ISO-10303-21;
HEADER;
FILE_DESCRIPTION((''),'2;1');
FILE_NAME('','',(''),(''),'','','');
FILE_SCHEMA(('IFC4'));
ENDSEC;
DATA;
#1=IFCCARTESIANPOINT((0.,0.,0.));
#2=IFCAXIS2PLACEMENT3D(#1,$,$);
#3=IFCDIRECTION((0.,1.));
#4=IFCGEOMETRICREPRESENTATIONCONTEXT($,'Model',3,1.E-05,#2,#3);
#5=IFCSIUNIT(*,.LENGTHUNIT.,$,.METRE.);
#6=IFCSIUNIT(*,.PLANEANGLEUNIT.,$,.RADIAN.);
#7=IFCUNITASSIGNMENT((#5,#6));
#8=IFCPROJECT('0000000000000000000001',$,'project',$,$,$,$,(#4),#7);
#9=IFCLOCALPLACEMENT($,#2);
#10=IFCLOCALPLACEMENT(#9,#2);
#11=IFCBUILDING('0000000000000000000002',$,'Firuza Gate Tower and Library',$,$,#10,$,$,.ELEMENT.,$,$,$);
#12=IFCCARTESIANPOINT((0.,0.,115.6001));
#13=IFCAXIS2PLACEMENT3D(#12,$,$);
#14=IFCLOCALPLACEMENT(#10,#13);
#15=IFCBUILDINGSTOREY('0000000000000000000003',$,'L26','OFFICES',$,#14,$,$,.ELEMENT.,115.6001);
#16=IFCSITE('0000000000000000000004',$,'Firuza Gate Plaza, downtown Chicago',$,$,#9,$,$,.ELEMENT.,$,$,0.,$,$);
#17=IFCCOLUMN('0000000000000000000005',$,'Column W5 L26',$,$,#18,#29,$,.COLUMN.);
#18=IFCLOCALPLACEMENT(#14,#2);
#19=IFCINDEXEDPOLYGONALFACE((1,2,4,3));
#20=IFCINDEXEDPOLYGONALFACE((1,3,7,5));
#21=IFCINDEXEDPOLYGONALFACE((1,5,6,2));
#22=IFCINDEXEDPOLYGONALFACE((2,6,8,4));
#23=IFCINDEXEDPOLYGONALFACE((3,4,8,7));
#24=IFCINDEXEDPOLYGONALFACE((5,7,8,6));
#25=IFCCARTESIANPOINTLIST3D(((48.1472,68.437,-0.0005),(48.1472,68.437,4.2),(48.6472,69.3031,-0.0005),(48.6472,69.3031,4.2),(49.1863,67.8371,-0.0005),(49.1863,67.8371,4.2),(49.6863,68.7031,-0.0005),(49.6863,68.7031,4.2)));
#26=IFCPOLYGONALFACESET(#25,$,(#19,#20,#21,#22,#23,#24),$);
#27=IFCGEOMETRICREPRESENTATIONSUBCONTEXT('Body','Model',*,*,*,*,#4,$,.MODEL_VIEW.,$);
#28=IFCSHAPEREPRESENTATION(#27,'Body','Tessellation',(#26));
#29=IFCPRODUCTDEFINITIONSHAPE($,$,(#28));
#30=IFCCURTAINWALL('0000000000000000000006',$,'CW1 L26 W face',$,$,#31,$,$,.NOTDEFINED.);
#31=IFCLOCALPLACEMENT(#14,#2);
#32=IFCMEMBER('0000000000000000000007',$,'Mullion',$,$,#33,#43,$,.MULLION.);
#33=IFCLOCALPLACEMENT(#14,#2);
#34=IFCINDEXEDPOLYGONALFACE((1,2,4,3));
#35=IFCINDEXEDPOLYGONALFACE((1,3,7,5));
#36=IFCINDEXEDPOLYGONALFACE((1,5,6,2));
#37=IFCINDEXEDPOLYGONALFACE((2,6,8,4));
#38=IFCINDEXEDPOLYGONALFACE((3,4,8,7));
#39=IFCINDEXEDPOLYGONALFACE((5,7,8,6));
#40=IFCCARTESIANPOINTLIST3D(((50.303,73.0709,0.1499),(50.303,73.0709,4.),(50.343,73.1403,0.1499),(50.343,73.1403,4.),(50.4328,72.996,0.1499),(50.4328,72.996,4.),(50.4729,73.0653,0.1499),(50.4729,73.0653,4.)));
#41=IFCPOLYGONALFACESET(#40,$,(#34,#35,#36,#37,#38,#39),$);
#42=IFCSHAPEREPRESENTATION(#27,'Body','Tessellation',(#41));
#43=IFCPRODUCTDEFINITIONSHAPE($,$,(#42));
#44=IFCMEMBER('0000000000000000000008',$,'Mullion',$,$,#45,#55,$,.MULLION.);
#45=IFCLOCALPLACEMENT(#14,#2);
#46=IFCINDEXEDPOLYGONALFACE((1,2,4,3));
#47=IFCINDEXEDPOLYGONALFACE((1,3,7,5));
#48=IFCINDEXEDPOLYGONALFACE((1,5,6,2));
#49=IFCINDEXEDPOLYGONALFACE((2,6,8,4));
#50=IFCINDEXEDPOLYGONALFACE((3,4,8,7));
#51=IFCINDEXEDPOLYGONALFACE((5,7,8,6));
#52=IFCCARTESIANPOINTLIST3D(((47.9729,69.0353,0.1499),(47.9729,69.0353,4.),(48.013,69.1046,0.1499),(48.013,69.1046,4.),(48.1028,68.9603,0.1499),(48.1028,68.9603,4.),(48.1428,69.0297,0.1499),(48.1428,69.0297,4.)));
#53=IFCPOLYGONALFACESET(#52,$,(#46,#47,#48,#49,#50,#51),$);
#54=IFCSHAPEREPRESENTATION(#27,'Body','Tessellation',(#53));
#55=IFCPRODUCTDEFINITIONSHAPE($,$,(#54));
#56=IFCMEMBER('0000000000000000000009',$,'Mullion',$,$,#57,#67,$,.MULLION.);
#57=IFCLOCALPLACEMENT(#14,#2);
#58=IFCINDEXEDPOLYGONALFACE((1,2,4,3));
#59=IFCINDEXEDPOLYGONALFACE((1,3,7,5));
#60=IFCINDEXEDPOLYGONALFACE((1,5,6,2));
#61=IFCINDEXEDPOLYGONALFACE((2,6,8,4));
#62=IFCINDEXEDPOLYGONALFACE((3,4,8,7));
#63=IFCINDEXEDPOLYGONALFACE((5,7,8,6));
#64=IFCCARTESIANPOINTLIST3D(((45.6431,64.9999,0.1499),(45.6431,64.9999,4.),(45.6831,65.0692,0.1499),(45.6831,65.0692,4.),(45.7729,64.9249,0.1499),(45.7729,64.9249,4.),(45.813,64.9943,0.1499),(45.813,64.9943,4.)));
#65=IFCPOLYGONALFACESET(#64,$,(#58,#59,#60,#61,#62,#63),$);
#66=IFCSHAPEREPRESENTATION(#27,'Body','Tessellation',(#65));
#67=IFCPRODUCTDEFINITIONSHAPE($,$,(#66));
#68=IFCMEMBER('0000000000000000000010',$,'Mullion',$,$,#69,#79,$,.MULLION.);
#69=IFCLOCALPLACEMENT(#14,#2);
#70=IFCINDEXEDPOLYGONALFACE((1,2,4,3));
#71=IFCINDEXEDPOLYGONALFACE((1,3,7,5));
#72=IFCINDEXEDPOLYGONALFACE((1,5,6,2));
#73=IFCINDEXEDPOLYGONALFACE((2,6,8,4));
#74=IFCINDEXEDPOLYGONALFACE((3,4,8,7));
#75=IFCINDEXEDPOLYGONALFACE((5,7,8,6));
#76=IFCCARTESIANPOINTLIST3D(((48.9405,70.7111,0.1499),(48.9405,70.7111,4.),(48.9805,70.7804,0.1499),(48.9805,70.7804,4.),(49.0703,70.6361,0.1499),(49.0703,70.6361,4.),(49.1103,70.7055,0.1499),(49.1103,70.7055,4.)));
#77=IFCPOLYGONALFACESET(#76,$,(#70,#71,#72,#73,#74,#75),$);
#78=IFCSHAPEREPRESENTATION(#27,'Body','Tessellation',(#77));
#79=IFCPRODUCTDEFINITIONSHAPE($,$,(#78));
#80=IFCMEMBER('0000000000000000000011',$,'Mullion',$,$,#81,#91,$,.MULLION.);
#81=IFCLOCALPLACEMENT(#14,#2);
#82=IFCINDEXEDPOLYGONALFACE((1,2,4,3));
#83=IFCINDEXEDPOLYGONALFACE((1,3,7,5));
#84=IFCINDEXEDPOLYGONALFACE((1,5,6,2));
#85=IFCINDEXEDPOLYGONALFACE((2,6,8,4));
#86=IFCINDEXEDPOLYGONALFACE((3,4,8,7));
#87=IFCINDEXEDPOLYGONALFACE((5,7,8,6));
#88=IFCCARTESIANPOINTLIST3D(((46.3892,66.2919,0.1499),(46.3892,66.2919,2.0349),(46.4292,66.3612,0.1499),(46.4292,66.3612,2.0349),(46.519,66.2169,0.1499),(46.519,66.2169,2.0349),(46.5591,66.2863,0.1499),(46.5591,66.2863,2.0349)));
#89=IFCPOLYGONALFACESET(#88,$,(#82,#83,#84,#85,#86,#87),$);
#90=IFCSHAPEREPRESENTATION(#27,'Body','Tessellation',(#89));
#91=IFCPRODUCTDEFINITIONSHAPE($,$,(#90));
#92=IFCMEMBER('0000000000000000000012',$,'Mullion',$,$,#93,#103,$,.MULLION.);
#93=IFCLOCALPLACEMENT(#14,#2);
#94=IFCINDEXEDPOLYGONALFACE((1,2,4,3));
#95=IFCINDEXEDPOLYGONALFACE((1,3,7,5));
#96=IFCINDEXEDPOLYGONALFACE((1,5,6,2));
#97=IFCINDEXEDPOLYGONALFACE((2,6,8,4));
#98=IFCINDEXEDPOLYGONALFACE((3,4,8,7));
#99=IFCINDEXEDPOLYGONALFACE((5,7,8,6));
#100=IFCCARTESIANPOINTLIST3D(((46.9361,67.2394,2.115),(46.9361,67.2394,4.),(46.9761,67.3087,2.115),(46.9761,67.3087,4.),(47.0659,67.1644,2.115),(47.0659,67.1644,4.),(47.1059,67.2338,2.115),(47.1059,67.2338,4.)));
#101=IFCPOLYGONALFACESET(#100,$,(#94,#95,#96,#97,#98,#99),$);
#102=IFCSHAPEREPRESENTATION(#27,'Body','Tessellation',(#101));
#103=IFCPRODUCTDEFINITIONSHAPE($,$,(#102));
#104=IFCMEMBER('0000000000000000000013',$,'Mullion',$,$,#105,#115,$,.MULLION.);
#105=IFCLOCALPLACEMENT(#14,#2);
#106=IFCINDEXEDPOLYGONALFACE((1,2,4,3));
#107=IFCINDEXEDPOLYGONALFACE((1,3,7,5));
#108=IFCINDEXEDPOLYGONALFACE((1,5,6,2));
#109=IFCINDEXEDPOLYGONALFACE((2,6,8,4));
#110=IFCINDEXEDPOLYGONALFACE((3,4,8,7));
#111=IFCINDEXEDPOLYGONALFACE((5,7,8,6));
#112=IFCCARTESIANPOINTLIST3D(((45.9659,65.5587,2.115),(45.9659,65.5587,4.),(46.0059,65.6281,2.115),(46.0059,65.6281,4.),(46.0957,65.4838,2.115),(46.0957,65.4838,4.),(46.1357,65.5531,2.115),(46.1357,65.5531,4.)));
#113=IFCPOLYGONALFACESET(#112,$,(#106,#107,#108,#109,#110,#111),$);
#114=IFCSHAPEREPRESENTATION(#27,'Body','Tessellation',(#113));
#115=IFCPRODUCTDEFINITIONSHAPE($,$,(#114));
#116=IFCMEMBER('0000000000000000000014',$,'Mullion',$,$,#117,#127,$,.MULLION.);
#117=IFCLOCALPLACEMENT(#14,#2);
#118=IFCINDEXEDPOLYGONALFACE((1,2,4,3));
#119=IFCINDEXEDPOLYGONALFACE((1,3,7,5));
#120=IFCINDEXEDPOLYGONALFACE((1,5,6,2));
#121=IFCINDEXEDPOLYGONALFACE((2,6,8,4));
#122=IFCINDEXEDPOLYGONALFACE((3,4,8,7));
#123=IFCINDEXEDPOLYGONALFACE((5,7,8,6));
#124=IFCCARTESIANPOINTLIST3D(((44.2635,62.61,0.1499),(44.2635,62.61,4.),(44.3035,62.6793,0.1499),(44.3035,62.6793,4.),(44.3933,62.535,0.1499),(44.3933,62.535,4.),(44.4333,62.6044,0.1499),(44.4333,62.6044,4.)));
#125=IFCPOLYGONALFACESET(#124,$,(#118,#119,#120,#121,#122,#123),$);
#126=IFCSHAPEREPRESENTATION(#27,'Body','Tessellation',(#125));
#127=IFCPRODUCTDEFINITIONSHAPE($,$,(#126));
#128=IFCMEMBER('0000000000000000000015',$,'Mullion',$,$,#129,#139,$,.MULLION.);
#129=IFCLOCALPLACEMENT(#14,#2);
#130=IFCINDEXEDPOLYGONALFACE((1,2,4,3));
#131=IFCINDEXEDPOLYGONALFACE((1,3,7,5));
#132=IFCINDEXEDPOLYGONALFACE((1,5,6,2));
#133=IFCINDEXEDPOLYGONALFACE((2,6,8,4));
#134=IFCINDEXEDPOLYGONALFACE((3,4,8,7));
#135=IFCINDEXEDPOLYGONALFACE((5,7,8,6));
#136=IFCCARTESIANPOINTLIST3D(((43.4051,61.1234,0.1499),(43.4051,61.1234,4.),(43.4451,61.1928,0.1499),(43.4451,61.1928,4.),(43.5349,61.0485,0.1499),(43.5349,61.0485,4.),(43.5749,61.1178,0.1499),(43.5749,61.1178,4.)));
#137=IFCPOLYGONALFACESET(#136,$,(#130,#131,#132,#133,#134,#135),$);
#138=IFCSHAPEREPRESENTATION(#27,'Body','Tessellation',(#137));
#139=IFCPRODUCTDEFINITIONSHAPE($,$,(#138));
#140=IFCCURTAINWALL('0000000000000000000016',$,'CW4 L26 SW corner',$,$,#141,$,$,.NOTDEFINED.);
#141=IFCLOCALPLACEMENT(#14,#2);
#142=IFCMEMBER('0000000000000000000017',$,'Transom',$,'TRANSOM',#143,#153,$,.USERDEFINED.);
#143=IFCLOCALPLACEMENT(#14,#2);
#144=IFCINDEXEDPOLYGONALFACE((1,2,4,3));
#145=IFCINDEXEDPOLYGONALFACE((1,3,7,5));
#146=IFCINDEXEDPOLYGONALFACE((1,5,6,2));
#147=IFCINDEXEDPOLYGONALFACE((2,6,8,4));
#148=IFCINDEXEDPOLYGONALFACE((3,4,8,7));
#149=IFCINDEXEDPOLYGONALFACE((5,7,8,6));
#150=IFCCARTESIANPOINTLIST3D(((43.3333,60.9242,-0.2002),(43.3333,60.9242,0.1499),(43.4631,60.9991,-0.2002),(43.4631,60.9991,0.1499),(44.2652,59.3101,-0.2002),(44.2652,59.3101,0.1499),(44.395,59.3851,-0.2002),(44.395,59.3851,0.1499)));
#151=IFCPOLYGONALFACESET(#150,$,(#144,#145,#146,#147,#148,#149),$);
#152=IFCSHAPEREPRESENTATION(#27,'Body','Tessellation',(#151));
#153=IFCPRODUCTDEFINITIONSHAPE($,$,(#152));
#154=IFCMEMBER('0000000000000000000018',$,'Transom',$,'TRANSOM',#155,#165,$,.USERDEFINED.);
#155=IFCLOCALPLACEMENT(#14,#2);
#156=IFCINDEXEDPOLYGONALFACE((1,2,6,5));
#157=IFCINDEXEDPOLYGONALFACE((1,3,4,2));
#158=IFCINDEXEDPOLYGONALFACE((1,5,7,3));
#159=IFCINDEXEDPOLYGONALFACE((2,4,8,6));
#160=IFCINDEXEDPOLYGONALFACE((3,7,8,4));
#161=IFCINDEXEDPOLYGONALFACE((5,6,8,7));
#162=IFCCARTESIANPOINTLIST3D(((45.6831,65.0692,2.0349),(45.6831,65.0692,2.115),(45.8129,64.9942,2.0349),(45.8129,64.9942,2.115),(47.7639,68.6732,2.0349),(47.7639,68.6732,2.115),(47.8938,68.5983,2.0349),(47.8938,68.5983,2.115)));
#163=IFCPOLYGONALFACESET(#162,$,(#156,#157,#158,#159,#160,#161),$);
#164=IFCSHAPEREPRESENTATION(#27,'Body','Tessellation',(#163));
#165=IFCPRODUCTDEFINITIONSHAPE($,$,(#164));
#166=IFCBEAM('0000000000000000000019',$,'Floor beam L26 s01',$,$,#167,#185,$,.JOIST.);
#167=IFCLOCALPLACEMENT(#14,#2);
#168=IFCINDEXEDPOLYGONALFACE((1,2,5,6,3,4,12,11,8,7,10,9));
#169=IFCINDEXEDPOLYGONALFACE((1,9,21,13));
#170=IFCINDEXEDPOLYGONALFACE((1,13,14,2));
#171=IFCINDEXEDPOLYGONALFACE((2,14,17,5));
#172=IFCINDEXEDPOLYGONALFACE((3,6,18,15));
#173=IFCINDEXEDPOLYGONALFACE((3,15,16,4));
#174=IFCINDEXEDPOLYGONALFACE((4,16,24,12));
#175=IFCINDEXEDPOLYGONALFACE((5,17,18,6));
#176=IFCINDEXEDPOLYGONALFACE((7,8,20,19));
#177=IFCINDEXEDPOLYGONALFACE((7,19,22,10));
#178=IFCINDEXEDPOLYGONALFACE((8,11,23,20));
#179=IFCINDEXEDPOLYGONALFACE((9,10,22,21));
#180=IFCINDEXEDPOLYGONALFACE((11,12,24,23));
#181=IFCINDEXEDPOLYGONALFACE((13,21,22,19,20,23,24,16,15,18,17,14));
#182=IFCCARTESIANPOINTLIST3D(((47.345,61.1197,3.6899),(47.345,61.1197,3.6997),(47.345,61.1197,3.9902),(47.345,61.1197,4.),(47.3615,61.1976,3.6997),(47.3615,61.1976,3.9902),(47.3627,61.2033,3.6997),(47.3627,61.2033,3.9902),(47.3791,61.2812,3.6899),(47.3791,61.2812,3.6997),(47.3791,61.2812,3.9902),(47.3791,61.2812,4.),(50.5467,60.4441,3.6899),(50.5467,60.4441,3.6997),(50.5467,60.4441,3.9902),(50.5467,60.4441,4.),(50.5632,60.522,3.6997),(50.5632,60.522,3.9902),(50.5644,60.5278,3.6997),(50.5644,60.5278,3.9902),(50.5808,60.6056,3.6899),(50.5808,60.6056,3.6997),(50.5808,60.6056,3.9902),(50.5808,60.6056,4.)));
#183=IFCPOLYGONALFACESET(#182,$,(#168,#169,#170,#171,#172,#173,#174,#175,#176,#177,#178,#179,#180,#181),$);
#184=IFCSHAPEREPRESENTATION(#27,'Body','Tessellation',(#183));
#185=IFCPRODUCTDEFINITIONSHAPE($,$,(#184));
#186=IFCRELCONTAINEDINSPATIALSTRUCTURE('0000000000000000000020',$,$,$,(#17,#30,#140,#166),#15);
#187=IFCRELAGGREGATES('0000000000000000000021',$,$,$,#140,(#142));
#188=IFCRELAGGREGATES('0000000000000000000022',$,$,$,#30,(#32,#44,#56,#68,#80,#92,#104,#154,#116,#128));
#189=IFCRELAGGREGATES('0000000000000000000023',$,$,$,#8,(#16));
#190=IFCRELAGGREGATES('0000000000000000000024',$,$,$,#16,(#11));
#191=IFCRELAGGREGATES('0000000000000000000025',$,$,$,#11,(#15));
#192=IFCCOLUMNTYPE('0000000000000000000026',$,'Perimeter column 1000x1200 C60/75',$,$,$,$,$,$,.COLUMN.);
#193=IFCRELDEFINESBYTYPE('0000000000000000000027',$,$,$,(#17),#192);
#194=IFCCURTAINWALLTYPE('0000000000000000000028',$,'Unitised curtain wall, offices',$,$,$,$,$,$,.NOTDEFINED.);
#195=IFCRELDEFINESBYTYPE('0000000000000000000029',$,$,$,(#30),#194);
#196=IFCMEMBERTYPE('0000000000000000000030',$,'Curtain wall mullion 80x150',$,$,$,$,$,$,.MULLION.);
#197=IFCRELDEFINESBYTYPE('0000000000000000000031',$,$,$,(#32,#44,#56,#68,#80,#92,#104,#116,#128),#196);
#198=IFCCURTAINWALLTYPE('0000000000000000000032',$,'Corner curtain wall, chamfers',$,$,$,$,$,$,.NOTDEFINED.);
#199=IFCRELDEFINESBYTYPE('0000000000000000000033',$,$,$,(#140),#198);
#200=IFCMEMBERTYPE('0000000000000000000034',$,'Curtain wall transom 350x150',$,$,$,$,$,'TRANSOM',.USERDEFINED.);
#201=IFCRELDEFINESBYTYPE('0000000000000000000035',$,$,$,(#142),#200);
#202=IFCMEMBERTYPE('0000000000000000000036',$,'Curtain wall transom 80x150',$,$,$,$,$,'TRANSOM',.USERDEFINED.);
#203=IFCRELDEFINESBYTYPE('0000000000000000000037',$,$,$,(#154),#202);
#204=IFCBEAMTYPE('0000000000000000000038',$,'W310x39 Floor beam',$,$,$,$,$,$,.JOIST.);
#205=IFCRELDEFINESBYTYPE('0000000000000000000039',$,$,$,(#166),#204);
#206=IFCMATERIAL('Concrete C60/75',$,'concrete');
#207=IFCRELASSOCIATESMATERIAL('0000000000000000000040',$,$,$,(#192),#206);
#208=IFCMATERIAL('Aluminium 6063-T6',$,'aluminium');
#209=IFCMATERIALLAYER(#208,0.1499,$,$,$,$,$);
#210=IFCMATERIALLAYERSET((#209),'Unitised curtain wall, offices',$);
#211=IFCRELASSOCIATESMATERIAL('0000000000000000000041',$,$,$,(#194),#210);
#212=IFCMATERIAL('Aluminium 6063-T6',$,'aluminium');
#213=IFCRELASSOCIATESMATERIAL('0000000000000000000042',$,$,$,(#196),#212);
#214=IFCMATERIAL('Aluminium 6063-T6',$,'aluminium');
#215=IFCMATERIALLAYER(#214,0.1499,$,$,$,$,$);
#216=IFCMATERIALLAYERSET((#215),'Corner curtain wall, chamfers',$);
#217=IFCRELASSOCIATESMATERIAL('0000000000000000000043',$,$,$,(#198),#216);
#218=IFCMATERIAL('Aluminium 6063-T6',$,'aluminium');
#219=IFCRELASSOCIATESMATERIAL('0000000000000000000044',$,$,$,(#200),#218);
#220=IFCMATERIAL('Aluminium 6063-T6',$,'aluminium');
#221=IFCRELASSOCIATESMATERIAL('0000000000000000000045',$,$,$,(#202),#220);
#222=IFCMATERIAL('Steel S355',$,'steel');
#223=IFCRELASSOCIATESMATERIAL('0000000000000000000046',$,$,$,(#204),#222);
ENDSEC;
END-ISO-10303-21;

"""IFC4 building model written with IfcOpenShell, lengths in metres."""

from ifc_helpers import new_model, si_unit, direction, frame, origin, origin_2d, place, context, subcontext, project, spatial, rectangle, i_section, extrude, material, layer, layer_set, material_profile, profile_set, type_object, element, aggregate, save


model = new_model("IFC4")

# Units and contexts
model_context = context("Model", 3, precision=1e-05, world=origin(), true_north=direction((0.0, 1.0)))
body_context = subcontext(model_context, "Body", "Model", "MODEL_VIEW")
ifc_project = project(units=[si_unit("LENGTHUNIT", "METRE"), si_unit("PLANEANGLEUNIT", "RADIAN")], contexts=[model_context])

# Site, building, storey
site_placement = place(None, origin())
site = spatial("IfcSite", under=ifc_project, at=site_placement, Name="Firuza Gate Plaza, downtown Chicago", CompositionType="ELEMENT", RefElevation=0.0)
building_placement = place(site_placement, origin())
building = spatial("IfcBuilding", under=site, at=building_placement, Name="Firuza Gate Tower and Library", CompositionType="ELEMENT")
storey_placement = place(building_placement, frame((0.0, 0.0, 115.6001)))
storey = spatial("IfcBuildingStorey", under=building, at=storey_placement, Name="L26", Description="OFFICES", CompositionType="ELEMENT", Elevation=115.6001)

# Column
ifc_material_1 = material(Name="Concrete C60/75", Category="concrete")
ifc_material_profile_1 = material_profile(ifc_material_1, rectangle(XDim=1.0, YDim=1.2, at=origin_2d()))
ifc_profile_set_1 = profile_set([ifc_material_profile_1], Name="Concrete C60/75")
column_type = type_object("IfcColumnType", Name="Perimeter column 1000x1200 C60/75", PredefinedType="COLUMN", material=ifc_profile_set_1)
column_placement = place(storey_placement, frame((48.9167, 68.5701, -0.0005), z_axis=(0.0, 0.0, 1.0), x_axis=(-0.5, -0.866025, 0.0)))
element("IfcColumn", 1, at=column_placement, inside=storey, type_object=column_type, Name="Column W5 L26", PredefinedType="COLUMN", context=body_context, shape_type="SweptSolid", body=[
    extrude(rectangle(XDim=1.0, YDim=1.2, at=origin_2d()), origin(), (0.0, 0.0, 1.0), 4.2004),
])

# Curtain wall, members
ifc_material_2 = material(Name="Aluminium 6063-T6", Category="aluminium")
ifc_layer_1 = layer(ifc_material_2, 0.1499)
ifc_layer_set_1 = layer_set([ifc_layer_1], Name="Unitised curtain wall, offices")
curtain_wall_type_1 = type_object("IfcCurtainWallType", Name="Unitised curtain wall, offices", PredefinedType="NOTDEFINED", material=ifc_layer_set_1)
placement = place(storey_placement, origin())
curtain_wall_1 = element("IfcCurtainWall", 2, at=placement, inside=storey, type_object=curtain_wall_type_1, Name="CW1 L26 W face", PredefinedType="NOTDEFINED")
ifc_material_3 = material(Name="Aluminium 6063-T6", Category="aluminium")
ifc_material_profile_2 = material_profile(ifc_material_3, rectangle(XDim=0.1499, YDim=0.0801, at=origin_2d()))
ifc_profile_set_2 = profile_set([ifc_material_profile_2], Name="Aluminium 6063-T6")
member_type_1 = type_object("IfcMemberType", Name="Curtain wall mullion 80x150", PredefinedType="MULLION", material=ifc_profile_set_2)
member_1_placement = place(storey_placement, frame((50.3879, 73.0681, 0.1499), z_axis=(0.0, 0.0, 1.0), x_axis=(0.866025, -0.5, 0.0)))
member_1 = element("IfcMember", 3, at=member_1_placement, type_object=member_type_1, Name="Mullion", PredefinedType="MULLION", context=body_context, shape_type="SweptSolid", body=[
    extrude(rectangle(XDim=0.1499, YDim=0.0801, at=origin_2d()), origin(), (0.0, 0.0, 1.0), 3.8501),
])
member_2_placement = place(storey_placement, frame((48.0579, 69.0325, 0.1499), z_axis=(0.0, 0.0, 1.0), x_axis=(0.866025, -0.5, 0.0)))
member_2 = element("IfcMember", 4, at=member_2_placement, type_object=member_type_1, Name="Mullion", PredefinedType="MULLION", context=body_context, shape_type="SweptSolid", body=[
    extrude(rectangle(XDim=0.1499, YDim=0.0801, at=origin_2d()), origin(), (0.0, 0.0, 1.0), 3.8501),
])
member_3_placement = place(storey_placement, frame((45.728, 64.9971, 0.1499), z_axis=(0.0, 0.0, 1.0), x_axis=(0.866025, -0.5, 0.0)))
member_3 = element("IfcMember", 5, at=member_3_placement, type_object=member_type_1, Name="Mullion", PredefinedType="MULLION", context=body_context, shape_type="SweptSolid", body=[
    extrude(rectangle(XDim=0.1499, YDim=0.0801, at=origin_2d()), origin(), (0.0, 0.0, 1.0), 3.8501),
])
member_4_placement = place(storey_placement, frame((49.0254, 70.7083, 0.1499), z_axis=(0.0, 0.0, 1.0), x_axis=(0.866025, -0.5, 0.0)))
member_4 = element("IfcMember", 6, at=member_4_placement, type_object=member_type_1, Name="Mullion", PredefinedType="MULLION", context=body_context, shape_type="SweptSolid", body=[
    extrude(rectangle(XDim=0.1499, YDim=0.0801, at=origin_2d()), origin(), (0.0, 0.0, 1.0), 3.8501),
])
member_5_placement = place(storey_placement, frame((46.4741, 66.2891, 0.1499), z_axis=(0.0, 0.0, 1.0), x_axis=(0.866025, -0.5, 0.0)))
member_5 = element("IfcMember", 7, at=member_5_placement, type_object=member_type_1, Name="Mullion", PredefinedType="MULLION", context=body_context, shape_type="SweptSolid", body=[
    extrude(rectangle(XDim=0.1499, YDim=0.0801, at=origin_2d()), origin(), (0.0, 0.0, 1.0), 1.885),
])
member_6_placement = place(storey_placement, frame((47.021, 67.2366, 2.115), z_axis=(0.0, 0.0, 1.0), x_axis=(0.866025, -0.5, 0.0)))
member_6 = element("IfcMember", 8, at=member_6_placement, type_object=member_type_1, Name="Mullion", PredefinedType="MULLION", context=body_context, shape_type="SweptSolid", body=[
    extrude(rectangle(XDim=0.1499, YDim=0.0801, at=origin_2d()), origin(), (0.0, 0.0, 1.0), 1.885),
])
member_7_placement = place(storey_placement, frame((46.0508, 65.5559, 2.115), z_axis=(0.0, 0.0, 1.0), x_axis=(0.866025, -0.5, 0.0)))
member_7 = element("IfcMember", 9, at=member_7_placement, type_object=member_type_1, Name="Mullion", PredefinedType="MULLION", context=body_context, shape_type="SweptSolid", body=[
    extrude(rectangle(XDim=0.1499, YDim=0.0801, at=origin_2d()), origin(), (0.0, 0.0, 1.0), 1.885),
])
member_8_placement = place(storey_placement, frame((44.3484, 62.6072, 0.1499), z_axis=(0.0, 0.0, 1.0), x_axis=(0.866025, -0.5, 0.0)))
member_8 = element("IfcMember", 10, at=member_8_placement, type_object=member_type_1, Name="Mullion", PredefinedType="MULLION", context=body_context, shape_type="SweptSolid", body=[
    extrude(rectangle(XDim=0.1499, YDim=0.0801, at=origin_2d()), origin(), (0.0, 0.0, 1.0), 3.8501),
])
member_9_placement = place(storey_placement, frame((43.49, 61.1206, 0.1499), z_axis=(0.0, 0.0, 1.0), x_axis=(0.866025, -0.5, 0.0)))
member_9 = element("IfcMember", 11, at=member_9_placement, type_object=member_type_1, Name="Mullion", PredefinedType="MULLION", context=body_context, shape_type="SweptSolid", body=[
    extrude(rectangle(XDim=0.1499, YDim=0.0801, at=origin_2d()), origin(), (0.0, 0.0, 1.0), 3.8501),
])

# Curtain wall, member
ifc_material_4 = material(Name="Aluminium 6063-T6", Category="aluminium")
ifc_layer_2 = layer(ifc_material_4, 0.1499)
ifc_layer_set_2 = layer_set([ifc_layer_2], Name="Corner curtain wall, chamfers")
curtain_wall_type_2 = type_object("IfcCurtainWallType", Name="Corner curtain wall, chamfers", PredefinedType="NOTDEFINED", material=ifc_layer_set_2)
curtain_wall_2 = element("IfcCurtainWall", 12, at=placement, inside=storey, type_object=curtain_wall_type_2, Name="CW4 L26 SW corner", PredefinedType="NOTDEFINED")
ifc_material_5 = material(Name="Aluminium 6063-T6", Category="aluminium")
ifc_material_profile_3 = material_profile(ifc_material_5, rectangle(XDim=0.1499, YDim=0.3501, at=origin_2d()))
ifc_profile_set_3 = profile_set([ifc_material_profile_3], Name="Aluminium 6063-T6")
member_type_2 = type_object("IfcMemberType", Name="Curtain wall transom 350x150", ElementType="TRANSOM", PredefinedType="USERDEFINED", material=ifc_profile_set_3)
member_10_placement = place(storey_placement, frame((43.3982, 60.9617, -0.0251), z_axis=(0.500013, -0.866018, 0.0), x_axis=(0.866018, 0.500013, 0.0)))
member_10 = element("IfcMember", 13, at=member_10_placement, type_object=member_type_2, Name="Transom", ObjectType="TRANSOM", PredefinedType="USERDEFINED", context=body_context, shape_type="SweptSolid", body=[
    extrude(rectangle(XDim=0.1499, YDim=0.3501, at=origin_2d()), origin(), (0.0, 0.0, 1.0), 1.8638),
])
aggregate(curtain_wall_2, [member_10])

# Member
ifc_material_6 = material(Name="Aluminium 6063-T6", Category="aluminium")
ifc_material_profile_4 = material_profile(ifc_material_6, rectangle(XDim=0.1499, YDim=0.0801, at=origin_2d()))
ifc_profile_set_4 = profile_set([ifc_material_profile_4], Name="Aluminium 6063-T6")
member_type_3 = type_object("IfcMemberType", Name="Curtain wall transom 80x150", ElementType="TRANSOM", PredefinedType="USERDEFINED", material=ifc_profile_set_4)
member_11_placement = place(storey_placement, frame((47.8289, 68.6357, 2.075), z_axis=(-0.500007, -0.866021, 0.0), x_axis=(0.866021, -0.500007, 0.0)))
member_11 = element("IfcMember", 14, at=member_11_placement, type_object=member_type_3, Name="Transom", ObjectType="TRANSOM", PredefinedType="USERDEFINED", context=body_context, shape_type="SweptSolid", body=[
    extrude(rectangle(XDim=0.1499, YDim=0.0801, at=origin_2d()), origin(), (0.0, 0.0, 1.0), 4.1616),
])

# Beam
ifc_material_7 = material(Name="Steel S355", Category="steel")
ifc_material_profile_5 = material_profile(ifc_material_7, i_section(OverallWidth=0.165, OverallDepth=0.3101, WebThickness=0.0059, FlangeThickness=0.0098, at=origin_2d()))
ifc_profile_set_5 = profile_set([ifc_material_profile_5], Name="Steel S355")
beam_type_1 = type_object("IfcBeamType", Name="W310x39 Floor beam", PredefinedType="JOIST", material=ifc_profile_set_5)
beam_1_placement = place(storey_placement, frame((47.3621, 61.2004, 3.845), z_axis=(0.978457, -0.20645, 0.0), x_axis=(0.20645, 0.978457, 0.0)))
element("IfcBeam", 15, at=beam_1_placement, inside=storey, type_object=beam_type_1, Name="Floor beam L26 s01", PredefinedType="JOIST", context=body_context, shape_type="SweptSolid", body=[
    extrude(i_section(OverallWidth=0.165, OverallDepth=0.3101, WebThickness=0.0059, FlangeThickness=0.0098, at=origin_2d()), origin(), (0.0, 0.0, 1.0), 3.2722),
])

aggregate(curtain_wall_1, [member_1, member_2, member_3, member_4, member_5, member_6, member_7, member_11, member_8, member_9])

save(model, "model.ifc")
